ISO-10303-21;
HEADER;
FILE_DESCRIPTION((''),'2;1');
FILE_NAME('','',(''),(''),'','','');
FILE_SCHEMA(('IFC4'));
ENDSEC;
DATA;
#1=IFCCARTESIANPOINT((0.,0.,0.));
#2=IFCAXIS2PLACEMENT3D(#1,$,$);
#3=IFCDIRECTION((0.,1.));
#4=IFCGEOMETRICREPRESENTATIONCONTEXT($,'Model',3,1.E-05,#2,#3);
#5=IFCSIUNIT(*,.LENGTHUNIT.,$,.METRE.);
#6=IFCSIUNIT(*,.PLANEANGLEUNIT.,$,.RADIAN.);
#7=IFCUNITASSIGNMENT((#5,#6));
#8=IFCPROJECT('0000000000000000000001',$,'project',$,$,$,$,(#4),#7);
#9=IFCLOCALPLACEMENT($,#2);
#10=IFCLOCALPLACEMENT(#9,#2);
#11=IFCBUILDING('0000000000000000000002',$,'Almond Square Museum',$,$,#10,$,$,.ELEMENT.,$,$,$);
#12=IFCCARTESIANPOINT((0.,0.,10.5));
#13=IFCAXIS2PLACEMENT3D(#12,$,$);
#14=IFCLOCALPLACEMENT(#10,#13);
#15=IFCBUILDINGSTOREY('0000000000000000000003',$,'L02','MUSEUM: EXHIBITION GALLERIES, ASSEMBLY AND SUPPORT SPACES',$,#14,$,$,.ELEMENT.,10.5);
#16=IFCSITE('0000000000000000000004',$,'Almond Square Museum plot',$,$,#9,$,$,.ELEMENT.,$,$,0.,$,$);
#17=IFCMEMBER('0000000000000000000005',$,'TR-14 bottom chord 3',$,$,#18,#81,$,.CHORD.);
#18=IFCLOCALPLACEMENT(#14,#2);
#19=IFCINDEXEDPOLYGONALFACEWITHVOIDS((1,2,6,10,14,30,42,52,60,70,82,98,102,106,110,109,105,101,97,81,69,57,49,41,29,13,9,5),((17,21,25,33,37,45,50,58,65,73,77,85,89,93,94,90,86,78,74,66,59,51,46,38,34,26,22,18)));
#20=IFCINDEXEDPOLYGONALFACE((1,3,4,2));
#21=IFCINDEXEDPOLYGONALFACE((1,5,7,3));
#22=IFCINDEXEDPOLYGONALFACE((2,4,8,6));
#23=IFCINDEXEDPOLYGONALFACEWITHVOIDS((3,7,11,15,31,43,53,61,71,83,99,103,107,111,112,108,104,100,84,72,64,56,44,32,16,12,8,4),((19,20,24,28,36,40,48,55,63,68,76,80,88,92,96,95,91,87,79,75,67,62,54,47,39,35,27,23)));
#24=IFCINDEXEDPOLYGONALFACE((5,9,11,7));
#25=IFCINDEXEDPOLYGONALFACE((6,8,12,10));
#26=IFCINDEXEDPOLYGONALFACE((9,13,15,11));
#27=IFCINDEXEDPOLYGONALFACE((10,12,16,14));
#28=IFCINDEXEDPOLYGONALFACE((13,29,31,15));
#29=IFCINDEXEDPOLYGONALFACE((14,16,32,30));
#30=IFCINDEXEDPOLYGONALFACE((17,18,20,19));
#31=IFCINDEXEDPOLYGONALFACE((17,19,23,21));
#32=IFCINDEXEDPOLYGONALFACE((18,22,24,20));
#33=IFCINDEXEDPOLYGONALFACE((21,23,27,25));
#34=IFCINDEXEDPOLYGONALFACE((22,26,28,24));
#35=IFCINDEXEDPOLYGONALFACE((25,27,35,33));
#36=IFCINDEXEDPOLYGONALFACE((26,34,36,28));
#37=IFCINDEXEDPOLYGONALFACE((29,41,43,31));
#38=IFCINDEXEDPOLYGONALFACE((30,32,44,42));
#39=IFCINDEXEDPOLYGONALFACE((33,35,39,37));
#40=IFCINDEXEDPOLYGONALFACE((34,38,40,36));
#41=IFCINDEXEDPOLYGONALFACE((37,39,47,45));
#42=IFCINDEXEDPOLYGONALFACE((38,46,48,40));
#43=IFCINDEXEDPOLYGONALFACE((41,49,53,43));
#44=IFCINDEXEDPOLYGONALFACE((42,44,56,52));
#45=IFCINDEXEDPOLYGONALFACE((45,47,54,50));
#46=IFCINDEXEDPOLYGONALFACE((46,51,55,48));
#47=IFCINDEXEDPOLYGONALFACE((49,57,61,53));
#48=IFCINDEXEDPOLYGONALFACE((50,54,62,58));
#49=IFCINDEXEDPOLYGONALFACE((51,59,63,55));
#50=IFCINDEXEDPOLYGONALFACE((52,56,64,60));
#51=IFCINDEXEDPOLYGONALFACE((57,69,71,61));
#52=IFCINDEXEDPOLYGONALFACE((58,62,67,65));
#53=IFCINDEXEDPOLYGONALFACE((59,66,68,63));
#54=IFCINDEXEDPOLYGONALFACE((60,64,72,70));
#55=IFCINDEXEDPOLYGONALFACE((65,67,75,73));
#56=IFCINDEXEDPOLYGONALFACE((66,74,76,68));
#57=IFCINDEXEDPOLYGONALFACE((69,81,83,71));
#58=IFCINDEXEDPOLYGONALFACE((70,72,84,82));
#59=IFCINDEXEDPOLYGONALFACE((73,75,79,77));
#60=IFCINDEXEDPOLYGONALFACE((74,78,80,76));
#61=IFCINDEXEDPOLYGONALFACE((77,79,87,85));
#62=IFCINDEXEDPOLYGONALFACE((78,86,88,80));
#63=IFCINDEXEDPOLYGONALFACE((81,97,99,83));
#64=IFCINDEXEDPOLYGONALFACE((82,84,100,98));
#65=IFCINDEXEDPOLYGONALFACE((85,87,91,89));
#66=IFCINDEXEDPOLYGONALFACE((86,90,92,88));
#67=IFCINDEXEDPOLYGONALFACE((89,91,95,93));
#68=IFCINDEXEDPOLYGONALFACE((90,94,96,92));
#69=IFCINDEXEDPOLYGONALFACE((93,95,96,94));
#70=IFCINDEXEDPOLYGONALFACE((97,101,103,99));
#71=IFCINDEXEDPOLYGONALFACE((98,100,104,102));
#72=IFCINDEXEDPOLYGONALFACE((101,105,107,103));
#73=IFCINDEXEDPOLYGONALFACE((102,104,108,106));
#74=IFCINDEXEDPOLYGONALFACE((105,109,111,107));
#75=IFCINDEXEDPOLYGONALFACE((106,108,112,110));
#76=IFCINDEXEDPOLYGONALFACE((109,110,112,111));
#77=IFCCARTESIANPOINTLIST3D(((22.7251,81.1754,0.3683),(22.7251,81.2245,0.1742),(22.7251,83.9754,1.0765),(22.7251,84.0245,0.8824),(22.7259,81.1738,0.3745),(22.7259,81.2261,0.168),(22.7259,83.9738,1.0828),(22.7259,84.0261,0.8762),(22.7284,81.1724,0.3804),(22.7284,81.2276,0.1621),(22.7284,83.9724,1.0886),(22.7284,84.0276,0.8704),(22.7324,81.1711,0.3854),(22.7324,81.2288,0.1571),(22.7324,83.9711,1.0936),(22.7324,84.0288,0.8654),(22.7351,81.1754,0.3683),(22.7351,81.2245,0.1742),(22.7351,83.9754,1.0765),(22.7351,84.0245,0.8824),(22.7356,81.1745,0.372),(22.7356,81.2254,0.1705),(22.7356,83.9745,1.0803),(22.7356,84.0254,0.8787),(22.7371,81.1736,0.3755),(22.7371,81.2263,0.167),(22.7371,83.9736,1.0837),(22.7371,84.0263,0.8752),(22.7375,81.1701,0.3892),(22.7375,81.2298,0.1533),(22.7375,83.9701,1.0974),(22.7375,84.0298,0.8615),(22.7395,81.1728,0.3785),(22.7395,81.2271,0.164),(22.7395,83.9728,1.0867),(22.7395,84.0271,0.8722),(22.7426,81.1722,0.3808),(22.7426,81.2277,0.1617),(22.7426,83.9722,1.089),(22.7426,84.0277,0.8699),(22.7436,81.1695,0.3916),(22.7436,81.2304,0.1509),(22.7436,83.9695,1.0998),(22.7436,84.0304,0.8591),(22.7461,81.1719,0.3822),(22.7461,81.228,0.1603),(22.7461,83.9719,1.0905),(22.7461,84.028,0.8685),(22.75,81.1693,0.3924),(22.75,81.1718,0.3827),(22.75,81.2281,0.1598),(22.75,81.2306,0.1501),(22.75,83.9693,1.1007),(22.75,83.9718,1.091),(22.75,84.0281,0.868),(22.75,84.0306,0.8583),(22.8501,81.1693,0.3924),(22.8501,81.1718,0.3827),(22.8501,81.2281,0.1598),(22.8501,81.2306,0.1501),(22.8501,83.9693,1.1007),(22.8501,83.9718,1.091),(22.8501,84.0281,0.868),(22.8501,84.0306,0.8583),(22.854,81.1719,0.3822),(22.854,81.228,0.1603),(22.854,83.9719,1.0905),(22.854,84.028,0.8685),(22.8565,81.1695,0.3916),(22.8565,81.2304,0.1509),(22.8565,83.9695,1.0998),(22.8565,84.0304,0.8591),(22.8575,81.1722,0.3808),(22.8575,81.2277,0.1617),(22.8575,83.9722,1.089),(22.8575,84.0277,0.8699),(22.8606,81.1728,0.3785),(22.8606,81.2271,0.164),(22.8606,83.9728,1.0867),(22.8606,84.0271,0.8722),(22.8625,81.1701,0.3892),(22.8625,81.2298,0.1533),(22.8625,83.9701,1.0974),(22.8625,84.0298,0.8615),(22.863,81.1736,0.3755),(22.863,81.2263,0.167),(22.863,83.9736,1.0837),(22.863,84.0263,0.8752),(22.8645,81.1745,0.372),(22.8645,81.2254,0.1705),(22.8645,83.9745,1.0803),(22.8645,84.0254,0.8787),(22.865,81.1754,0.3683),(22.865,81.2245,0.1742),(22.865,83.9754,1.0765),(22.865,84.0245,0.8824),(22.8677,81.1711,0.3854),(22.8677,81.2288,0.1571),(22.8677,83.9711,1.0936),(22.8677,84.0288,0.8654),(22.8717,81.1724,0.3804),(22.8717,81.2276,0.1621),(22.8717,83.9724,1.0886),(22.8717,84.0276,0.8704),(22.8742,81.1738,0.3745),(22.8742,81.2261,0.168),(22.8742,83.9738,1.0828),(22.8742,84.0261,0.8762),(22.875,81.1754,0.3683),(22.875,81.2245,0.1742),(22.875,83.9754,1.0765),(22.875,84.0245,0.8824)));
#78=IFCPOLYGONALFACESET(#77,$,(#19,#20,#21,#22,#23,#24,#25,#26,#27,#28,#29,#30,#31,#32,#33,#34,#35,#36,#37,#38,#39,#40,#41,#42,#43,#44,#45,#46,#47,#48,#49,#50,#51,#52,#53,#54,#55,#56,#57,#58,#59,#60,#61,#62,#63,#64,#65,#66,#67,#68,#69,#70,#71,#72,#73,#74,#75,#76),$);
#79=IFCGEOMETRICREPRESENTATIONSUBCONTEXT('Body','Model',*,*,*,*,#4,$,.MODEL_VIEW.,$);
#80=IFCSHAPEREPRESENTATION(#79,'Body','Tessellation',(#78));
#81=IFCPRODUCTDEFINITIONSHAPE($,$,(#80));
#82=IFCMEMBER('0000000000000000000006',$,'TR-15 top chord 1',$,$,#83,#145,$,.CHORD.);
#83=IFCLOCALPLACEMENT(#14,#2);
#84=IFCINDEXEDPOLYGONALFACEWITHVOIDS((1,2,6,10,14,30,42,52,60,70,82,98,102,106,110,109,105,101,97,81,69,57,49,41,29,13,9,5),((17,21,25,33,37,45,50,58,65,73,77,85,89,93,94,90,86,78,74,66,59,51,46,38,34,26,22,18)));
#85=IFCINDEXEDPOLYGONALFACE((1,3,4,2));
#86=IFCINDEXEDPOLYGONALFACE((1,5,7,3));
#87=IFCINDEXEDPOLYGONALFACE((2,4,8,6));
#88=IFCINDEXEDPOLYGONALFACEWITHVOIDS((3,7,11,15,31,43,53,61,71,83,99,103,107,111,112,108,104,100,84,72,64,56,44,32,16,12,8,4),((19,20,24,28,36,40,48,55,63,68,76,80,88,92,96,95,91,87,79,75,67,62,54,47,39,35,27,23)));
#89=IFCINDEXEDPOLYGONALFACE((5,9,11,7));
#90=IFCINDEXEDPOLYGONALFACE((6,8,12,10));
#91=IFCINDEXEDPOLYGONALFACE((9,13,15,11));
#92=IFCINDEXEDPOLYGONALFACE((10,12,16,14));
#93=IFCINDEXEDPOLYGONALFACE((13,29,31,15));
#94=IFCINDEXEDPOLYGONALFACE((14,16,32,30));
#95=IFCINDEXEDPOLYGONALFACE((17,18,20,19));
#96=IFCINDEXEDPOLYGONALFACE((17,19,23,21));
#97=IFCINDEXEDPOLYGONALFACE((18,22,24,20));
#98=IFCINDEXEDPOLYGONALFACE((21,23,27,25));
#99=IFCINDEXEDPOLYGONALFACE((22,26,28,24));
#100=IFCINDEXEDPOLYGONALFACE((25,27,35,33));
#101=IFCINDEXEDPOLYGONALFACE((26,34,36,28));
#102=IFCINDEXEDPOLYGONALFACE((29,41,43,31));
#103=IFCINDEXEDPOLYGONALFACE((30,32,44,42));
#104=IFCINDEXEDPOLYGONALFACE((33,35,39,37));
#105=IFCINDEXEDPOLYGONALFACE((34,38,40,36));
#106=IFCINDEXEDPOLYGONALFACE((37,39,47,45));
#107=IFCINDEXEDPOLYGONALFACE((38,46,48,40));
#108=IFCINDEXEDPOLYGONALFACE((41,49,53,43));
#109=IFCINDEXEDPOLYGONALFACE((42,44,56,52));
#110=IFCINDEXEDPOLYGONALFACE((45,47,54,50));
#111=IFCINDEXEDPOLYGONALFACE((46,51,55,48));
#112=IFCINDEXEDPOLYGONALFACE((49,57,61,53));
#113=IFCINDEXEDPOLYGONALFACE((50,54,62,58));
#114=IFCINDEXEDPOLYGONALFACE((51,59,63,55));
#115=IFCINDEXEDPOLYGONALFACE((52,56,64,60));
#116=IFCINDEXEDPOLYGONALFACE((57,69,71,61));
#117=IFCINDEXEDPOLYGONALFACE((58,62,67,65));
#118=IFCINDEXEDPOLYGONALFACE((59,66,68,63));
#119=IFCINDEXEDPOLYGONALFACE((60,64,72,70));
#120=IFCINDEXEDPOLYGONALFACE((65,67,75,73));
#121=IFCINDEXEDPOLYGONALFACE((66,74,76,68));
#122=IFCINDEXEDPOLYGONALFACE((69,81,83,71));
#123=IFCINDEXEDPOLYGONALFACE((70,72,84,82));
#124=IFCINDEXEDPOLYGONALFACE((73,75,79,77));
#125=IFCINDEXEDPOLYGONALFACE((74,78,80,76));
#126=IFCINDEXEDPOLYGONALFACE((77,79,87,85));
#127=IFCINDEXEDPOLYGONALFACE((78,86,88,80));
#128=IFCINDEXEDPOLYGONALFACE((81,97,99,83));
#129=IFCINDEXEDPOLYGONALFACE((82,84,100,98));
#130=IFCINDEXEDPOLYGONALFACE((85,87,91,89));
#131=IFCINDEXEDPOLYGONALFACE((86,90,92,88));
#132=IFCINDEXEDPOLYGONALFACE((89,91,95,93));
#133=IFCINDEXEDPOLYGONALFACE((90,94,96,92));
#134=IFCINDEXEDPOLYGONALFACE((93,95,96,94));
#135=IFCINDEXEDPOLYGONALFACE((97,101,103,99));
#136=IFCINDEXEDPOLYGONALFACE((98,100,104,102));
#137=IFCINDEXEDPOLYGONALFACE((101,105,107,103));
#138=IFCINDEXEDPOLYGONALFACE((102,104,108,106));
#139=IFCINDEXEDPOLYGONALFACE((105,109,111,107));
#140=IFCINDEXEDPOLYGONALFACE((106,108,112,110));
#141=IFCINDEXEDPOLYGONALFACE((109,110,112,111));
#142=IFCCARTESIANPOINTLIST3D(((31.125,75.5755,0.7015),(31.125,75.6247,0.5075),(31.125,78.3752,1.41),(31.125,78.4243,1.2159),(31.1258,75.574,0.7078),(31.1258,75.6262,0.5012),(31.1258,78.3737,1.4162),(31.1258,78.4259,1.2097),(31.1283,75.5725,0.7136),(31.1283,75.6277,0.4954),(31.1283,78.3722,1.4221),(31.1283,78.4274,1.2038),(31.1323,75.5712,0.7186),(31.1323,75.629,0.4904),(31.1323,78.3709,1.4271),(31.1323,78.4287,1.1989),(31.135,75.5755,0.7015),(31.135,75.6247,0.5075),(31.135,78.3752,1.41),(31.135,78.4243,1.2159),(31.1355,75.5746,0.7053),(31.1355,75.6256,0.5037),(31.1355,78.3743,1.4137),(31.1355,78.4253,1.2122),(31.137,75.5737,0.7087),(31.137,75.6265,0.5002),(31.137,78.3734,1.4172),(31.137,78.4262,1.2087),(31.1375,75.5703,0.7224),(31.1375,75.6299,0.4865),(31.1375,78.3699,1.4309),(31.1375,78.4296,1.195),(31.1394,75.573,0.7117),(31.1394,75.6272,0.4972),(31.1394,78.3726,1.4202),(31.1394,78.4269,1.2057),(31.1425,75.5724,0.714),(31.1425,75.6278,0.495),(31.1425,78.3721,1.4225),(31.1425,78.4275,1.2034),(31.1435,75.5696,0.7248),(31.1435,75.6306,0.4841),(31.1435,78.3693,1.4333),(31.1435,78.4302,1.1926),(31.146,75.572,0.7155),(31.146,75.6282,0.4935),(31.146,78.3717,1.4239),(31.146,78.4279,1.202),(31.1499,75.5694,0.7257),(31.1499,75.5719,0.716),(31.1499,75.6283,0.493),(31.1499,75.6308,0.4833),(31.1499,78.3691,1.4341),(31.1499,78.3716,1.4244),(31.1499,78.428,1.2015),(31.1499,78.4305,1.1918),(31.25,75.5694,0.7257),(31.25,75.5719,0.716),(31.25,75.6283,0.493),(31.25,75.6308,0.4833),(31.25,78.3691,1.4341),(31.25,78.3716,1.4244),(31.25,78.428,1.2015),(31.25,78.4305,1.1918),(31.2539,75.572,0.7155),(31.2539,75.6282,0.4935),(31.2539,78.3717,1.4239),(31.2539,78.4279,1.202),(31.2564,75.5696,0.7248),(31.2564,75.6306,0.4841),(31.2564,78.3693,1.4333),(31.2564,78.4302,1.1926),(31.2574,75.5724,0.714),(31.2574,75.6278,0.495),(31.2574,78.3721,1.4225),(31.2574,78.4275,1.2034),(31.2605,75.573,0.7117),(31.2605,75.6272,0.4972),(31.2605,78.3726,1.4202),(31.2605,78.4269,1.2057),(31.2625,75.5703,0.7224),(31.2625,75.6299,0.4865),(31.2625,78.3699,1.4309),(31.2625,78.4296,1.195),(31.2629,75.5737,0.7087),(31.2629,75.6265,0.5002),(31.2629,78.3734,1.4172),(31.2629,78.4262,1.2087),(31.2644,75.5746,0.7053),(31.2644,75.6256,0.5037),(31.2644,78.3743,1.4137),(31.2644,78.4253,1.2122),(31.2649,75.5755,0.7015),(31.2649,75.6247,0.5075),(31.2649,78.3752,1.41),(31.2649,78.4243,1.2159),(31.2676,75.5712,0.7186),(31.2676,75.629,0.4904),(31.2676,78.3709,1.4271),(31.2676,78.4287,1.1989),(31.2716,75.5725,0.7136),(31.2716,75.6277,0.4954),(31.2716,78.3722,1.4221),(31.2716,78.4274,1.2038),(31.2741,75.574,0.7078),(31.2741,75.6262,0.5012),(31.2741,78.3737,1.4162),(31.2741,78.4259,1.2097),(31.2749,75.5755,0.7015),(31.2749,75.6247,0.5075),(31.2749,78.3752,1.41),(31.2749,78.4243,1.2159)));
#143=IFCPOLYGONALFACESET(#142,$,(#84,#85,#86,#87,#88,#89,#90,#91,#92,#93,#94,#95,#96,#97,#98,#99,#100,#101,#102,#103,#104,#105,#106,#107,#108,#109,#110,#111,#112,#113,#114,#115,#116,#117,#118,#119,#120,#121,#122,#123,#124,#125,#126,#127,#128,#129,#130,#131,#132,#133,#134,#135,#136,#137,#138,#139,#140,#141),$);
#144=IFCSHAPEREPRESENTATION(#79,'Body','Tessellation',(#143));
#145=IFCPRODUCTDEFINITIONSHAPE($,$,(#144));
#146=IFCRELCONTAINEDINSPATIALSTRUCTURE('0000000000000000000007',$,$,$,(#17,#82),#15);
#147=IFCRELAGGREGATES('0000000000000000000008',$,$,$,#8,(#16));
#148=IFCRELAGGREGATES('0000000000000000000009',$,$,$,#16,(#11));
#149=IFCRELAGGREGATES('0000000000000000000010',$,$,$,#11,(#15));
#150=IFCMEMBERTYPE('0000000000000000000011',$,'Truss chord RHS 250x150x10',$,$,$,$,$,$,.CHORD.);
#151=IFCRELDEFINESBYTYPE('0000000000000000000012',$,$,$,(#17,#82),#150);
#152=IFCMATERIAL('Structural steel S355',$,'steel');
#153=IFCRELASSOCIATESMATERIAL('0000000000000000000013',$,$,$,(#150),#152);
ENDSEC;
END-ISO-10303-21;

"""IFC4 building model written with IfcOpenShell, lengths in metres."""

from ifc_helpers import new_model, si_unit, direction, frame, origin, origin_2d, place, context, subcontext, project, spatial, hollow_rectangle, extrude, material, material_profile, profile_set, type_object, element, save


model = new_model("IFC4")

# Units and contexts
model_context = context("Model", 3, precision=1e-05, world=origin(), true_north=direction((0.0, 1.0)))
body_context = subcontext(model_context, "Body", "Model", "MODEL_VIEW")
ifc_project = project(units=[si_unit("LENGTHUNIT", "METRE"), si_unit("PLANEANGLEUNIT", "RADIAN")], contexts=[model_context])

# Site, building, storey
site_placement = place(None, origin())
site = spatial("IfcSite", under=ifc_project, at=site_placement, Name="Almond Square Museum plot", CompositionType="ELEMENT", RefElevation=0.0)
building_placement = place(site_placement, origin())
building = spatial("IfcBuilding", under=site, at=building_placement, Name="Almond Square Museum", CompositionType="ELEMENT")
storey_placement = place(building_placement, frame((0.0, 0.0, 10.5)))
storey = spatial("IfcBuildingStorey", under=building, at=storey_placement, Name="L02", Description="MUSEUM: EXHIBITION GALLERIES, ASSEMBLY AND SUPPORT SPACES", CompositionType="ELEMENT", Elevation=10.5)

# Members
ifc_material_1 = material(Name="Structural steel S355", Category="steel")
ifc_material_profile_1 = material_profile(ifc_material_1, hollow_rectangle(XDim=0.1499, YDim=0.25, WallThickness=0.01, InnerFilletRadius=0.0149, OuterFilletRadius=0.0249, at=origin_2d()))
ifc_profile_set_1 = profile_set([ifc_material_profile_1], Name="Structural steel S355")
member_type_1 = type_object("IfcMemberType", Name="Truss chord RHS 250x150x10", PredefinedType="CHORD", material=ifc_profile_set_1)
for number, where, z_axis, x_axis, name in (
    (1, (22.8, 81.2, 0.2712), (0.0, 0.969468, 0.24522), (-1.0, 0.0, 0.0), "TR-14 bottom chord 3"),
):
    element("IfcMember", number, at=place(storey_placement, frame(where, z_axis=z_axis, x_axis=x_axis)), inside=storey, type_object=member_type_1, Name=name, PredefinedType="CHORD", context=body_context, shape_type="SweptSolid", body=[
        extrude(hollow_rectangle(XDim=0.1499, YDim=0.25, WallThickness=0.01, InnerFilletRadius=0.0149, OuterFilletRadius=0.0249, at=origin_2d()), origin(), (0.0, 0.0, 1.0), 2.8882),
    ])
member_placement = place(storey_placement, frame((31.2, 75.6001, 0.6045), z_axis=(0.0, 0.969442, 0.245319), x_axis=(-1.0, 0.0, 0.0)))
element("IfcMember", 2, at=member_placement, inside=storey, type_object=member_type_1, Name="TR-15 top chord 1", PredefinedType="CHORD", context=body_context, shape_type="SweptSolid", body=[
    extrude(hollow_rectangle(XDim=0.1499, YDim=0.25, WallThickness=0.01, InnerFilletRadius=0.0149, OuterFilletRadius=0.0249, at=origin_2d()), origin(), (0.0, 0.0, 1.0), 2.8879),
])

save(model, "model.ifc")
